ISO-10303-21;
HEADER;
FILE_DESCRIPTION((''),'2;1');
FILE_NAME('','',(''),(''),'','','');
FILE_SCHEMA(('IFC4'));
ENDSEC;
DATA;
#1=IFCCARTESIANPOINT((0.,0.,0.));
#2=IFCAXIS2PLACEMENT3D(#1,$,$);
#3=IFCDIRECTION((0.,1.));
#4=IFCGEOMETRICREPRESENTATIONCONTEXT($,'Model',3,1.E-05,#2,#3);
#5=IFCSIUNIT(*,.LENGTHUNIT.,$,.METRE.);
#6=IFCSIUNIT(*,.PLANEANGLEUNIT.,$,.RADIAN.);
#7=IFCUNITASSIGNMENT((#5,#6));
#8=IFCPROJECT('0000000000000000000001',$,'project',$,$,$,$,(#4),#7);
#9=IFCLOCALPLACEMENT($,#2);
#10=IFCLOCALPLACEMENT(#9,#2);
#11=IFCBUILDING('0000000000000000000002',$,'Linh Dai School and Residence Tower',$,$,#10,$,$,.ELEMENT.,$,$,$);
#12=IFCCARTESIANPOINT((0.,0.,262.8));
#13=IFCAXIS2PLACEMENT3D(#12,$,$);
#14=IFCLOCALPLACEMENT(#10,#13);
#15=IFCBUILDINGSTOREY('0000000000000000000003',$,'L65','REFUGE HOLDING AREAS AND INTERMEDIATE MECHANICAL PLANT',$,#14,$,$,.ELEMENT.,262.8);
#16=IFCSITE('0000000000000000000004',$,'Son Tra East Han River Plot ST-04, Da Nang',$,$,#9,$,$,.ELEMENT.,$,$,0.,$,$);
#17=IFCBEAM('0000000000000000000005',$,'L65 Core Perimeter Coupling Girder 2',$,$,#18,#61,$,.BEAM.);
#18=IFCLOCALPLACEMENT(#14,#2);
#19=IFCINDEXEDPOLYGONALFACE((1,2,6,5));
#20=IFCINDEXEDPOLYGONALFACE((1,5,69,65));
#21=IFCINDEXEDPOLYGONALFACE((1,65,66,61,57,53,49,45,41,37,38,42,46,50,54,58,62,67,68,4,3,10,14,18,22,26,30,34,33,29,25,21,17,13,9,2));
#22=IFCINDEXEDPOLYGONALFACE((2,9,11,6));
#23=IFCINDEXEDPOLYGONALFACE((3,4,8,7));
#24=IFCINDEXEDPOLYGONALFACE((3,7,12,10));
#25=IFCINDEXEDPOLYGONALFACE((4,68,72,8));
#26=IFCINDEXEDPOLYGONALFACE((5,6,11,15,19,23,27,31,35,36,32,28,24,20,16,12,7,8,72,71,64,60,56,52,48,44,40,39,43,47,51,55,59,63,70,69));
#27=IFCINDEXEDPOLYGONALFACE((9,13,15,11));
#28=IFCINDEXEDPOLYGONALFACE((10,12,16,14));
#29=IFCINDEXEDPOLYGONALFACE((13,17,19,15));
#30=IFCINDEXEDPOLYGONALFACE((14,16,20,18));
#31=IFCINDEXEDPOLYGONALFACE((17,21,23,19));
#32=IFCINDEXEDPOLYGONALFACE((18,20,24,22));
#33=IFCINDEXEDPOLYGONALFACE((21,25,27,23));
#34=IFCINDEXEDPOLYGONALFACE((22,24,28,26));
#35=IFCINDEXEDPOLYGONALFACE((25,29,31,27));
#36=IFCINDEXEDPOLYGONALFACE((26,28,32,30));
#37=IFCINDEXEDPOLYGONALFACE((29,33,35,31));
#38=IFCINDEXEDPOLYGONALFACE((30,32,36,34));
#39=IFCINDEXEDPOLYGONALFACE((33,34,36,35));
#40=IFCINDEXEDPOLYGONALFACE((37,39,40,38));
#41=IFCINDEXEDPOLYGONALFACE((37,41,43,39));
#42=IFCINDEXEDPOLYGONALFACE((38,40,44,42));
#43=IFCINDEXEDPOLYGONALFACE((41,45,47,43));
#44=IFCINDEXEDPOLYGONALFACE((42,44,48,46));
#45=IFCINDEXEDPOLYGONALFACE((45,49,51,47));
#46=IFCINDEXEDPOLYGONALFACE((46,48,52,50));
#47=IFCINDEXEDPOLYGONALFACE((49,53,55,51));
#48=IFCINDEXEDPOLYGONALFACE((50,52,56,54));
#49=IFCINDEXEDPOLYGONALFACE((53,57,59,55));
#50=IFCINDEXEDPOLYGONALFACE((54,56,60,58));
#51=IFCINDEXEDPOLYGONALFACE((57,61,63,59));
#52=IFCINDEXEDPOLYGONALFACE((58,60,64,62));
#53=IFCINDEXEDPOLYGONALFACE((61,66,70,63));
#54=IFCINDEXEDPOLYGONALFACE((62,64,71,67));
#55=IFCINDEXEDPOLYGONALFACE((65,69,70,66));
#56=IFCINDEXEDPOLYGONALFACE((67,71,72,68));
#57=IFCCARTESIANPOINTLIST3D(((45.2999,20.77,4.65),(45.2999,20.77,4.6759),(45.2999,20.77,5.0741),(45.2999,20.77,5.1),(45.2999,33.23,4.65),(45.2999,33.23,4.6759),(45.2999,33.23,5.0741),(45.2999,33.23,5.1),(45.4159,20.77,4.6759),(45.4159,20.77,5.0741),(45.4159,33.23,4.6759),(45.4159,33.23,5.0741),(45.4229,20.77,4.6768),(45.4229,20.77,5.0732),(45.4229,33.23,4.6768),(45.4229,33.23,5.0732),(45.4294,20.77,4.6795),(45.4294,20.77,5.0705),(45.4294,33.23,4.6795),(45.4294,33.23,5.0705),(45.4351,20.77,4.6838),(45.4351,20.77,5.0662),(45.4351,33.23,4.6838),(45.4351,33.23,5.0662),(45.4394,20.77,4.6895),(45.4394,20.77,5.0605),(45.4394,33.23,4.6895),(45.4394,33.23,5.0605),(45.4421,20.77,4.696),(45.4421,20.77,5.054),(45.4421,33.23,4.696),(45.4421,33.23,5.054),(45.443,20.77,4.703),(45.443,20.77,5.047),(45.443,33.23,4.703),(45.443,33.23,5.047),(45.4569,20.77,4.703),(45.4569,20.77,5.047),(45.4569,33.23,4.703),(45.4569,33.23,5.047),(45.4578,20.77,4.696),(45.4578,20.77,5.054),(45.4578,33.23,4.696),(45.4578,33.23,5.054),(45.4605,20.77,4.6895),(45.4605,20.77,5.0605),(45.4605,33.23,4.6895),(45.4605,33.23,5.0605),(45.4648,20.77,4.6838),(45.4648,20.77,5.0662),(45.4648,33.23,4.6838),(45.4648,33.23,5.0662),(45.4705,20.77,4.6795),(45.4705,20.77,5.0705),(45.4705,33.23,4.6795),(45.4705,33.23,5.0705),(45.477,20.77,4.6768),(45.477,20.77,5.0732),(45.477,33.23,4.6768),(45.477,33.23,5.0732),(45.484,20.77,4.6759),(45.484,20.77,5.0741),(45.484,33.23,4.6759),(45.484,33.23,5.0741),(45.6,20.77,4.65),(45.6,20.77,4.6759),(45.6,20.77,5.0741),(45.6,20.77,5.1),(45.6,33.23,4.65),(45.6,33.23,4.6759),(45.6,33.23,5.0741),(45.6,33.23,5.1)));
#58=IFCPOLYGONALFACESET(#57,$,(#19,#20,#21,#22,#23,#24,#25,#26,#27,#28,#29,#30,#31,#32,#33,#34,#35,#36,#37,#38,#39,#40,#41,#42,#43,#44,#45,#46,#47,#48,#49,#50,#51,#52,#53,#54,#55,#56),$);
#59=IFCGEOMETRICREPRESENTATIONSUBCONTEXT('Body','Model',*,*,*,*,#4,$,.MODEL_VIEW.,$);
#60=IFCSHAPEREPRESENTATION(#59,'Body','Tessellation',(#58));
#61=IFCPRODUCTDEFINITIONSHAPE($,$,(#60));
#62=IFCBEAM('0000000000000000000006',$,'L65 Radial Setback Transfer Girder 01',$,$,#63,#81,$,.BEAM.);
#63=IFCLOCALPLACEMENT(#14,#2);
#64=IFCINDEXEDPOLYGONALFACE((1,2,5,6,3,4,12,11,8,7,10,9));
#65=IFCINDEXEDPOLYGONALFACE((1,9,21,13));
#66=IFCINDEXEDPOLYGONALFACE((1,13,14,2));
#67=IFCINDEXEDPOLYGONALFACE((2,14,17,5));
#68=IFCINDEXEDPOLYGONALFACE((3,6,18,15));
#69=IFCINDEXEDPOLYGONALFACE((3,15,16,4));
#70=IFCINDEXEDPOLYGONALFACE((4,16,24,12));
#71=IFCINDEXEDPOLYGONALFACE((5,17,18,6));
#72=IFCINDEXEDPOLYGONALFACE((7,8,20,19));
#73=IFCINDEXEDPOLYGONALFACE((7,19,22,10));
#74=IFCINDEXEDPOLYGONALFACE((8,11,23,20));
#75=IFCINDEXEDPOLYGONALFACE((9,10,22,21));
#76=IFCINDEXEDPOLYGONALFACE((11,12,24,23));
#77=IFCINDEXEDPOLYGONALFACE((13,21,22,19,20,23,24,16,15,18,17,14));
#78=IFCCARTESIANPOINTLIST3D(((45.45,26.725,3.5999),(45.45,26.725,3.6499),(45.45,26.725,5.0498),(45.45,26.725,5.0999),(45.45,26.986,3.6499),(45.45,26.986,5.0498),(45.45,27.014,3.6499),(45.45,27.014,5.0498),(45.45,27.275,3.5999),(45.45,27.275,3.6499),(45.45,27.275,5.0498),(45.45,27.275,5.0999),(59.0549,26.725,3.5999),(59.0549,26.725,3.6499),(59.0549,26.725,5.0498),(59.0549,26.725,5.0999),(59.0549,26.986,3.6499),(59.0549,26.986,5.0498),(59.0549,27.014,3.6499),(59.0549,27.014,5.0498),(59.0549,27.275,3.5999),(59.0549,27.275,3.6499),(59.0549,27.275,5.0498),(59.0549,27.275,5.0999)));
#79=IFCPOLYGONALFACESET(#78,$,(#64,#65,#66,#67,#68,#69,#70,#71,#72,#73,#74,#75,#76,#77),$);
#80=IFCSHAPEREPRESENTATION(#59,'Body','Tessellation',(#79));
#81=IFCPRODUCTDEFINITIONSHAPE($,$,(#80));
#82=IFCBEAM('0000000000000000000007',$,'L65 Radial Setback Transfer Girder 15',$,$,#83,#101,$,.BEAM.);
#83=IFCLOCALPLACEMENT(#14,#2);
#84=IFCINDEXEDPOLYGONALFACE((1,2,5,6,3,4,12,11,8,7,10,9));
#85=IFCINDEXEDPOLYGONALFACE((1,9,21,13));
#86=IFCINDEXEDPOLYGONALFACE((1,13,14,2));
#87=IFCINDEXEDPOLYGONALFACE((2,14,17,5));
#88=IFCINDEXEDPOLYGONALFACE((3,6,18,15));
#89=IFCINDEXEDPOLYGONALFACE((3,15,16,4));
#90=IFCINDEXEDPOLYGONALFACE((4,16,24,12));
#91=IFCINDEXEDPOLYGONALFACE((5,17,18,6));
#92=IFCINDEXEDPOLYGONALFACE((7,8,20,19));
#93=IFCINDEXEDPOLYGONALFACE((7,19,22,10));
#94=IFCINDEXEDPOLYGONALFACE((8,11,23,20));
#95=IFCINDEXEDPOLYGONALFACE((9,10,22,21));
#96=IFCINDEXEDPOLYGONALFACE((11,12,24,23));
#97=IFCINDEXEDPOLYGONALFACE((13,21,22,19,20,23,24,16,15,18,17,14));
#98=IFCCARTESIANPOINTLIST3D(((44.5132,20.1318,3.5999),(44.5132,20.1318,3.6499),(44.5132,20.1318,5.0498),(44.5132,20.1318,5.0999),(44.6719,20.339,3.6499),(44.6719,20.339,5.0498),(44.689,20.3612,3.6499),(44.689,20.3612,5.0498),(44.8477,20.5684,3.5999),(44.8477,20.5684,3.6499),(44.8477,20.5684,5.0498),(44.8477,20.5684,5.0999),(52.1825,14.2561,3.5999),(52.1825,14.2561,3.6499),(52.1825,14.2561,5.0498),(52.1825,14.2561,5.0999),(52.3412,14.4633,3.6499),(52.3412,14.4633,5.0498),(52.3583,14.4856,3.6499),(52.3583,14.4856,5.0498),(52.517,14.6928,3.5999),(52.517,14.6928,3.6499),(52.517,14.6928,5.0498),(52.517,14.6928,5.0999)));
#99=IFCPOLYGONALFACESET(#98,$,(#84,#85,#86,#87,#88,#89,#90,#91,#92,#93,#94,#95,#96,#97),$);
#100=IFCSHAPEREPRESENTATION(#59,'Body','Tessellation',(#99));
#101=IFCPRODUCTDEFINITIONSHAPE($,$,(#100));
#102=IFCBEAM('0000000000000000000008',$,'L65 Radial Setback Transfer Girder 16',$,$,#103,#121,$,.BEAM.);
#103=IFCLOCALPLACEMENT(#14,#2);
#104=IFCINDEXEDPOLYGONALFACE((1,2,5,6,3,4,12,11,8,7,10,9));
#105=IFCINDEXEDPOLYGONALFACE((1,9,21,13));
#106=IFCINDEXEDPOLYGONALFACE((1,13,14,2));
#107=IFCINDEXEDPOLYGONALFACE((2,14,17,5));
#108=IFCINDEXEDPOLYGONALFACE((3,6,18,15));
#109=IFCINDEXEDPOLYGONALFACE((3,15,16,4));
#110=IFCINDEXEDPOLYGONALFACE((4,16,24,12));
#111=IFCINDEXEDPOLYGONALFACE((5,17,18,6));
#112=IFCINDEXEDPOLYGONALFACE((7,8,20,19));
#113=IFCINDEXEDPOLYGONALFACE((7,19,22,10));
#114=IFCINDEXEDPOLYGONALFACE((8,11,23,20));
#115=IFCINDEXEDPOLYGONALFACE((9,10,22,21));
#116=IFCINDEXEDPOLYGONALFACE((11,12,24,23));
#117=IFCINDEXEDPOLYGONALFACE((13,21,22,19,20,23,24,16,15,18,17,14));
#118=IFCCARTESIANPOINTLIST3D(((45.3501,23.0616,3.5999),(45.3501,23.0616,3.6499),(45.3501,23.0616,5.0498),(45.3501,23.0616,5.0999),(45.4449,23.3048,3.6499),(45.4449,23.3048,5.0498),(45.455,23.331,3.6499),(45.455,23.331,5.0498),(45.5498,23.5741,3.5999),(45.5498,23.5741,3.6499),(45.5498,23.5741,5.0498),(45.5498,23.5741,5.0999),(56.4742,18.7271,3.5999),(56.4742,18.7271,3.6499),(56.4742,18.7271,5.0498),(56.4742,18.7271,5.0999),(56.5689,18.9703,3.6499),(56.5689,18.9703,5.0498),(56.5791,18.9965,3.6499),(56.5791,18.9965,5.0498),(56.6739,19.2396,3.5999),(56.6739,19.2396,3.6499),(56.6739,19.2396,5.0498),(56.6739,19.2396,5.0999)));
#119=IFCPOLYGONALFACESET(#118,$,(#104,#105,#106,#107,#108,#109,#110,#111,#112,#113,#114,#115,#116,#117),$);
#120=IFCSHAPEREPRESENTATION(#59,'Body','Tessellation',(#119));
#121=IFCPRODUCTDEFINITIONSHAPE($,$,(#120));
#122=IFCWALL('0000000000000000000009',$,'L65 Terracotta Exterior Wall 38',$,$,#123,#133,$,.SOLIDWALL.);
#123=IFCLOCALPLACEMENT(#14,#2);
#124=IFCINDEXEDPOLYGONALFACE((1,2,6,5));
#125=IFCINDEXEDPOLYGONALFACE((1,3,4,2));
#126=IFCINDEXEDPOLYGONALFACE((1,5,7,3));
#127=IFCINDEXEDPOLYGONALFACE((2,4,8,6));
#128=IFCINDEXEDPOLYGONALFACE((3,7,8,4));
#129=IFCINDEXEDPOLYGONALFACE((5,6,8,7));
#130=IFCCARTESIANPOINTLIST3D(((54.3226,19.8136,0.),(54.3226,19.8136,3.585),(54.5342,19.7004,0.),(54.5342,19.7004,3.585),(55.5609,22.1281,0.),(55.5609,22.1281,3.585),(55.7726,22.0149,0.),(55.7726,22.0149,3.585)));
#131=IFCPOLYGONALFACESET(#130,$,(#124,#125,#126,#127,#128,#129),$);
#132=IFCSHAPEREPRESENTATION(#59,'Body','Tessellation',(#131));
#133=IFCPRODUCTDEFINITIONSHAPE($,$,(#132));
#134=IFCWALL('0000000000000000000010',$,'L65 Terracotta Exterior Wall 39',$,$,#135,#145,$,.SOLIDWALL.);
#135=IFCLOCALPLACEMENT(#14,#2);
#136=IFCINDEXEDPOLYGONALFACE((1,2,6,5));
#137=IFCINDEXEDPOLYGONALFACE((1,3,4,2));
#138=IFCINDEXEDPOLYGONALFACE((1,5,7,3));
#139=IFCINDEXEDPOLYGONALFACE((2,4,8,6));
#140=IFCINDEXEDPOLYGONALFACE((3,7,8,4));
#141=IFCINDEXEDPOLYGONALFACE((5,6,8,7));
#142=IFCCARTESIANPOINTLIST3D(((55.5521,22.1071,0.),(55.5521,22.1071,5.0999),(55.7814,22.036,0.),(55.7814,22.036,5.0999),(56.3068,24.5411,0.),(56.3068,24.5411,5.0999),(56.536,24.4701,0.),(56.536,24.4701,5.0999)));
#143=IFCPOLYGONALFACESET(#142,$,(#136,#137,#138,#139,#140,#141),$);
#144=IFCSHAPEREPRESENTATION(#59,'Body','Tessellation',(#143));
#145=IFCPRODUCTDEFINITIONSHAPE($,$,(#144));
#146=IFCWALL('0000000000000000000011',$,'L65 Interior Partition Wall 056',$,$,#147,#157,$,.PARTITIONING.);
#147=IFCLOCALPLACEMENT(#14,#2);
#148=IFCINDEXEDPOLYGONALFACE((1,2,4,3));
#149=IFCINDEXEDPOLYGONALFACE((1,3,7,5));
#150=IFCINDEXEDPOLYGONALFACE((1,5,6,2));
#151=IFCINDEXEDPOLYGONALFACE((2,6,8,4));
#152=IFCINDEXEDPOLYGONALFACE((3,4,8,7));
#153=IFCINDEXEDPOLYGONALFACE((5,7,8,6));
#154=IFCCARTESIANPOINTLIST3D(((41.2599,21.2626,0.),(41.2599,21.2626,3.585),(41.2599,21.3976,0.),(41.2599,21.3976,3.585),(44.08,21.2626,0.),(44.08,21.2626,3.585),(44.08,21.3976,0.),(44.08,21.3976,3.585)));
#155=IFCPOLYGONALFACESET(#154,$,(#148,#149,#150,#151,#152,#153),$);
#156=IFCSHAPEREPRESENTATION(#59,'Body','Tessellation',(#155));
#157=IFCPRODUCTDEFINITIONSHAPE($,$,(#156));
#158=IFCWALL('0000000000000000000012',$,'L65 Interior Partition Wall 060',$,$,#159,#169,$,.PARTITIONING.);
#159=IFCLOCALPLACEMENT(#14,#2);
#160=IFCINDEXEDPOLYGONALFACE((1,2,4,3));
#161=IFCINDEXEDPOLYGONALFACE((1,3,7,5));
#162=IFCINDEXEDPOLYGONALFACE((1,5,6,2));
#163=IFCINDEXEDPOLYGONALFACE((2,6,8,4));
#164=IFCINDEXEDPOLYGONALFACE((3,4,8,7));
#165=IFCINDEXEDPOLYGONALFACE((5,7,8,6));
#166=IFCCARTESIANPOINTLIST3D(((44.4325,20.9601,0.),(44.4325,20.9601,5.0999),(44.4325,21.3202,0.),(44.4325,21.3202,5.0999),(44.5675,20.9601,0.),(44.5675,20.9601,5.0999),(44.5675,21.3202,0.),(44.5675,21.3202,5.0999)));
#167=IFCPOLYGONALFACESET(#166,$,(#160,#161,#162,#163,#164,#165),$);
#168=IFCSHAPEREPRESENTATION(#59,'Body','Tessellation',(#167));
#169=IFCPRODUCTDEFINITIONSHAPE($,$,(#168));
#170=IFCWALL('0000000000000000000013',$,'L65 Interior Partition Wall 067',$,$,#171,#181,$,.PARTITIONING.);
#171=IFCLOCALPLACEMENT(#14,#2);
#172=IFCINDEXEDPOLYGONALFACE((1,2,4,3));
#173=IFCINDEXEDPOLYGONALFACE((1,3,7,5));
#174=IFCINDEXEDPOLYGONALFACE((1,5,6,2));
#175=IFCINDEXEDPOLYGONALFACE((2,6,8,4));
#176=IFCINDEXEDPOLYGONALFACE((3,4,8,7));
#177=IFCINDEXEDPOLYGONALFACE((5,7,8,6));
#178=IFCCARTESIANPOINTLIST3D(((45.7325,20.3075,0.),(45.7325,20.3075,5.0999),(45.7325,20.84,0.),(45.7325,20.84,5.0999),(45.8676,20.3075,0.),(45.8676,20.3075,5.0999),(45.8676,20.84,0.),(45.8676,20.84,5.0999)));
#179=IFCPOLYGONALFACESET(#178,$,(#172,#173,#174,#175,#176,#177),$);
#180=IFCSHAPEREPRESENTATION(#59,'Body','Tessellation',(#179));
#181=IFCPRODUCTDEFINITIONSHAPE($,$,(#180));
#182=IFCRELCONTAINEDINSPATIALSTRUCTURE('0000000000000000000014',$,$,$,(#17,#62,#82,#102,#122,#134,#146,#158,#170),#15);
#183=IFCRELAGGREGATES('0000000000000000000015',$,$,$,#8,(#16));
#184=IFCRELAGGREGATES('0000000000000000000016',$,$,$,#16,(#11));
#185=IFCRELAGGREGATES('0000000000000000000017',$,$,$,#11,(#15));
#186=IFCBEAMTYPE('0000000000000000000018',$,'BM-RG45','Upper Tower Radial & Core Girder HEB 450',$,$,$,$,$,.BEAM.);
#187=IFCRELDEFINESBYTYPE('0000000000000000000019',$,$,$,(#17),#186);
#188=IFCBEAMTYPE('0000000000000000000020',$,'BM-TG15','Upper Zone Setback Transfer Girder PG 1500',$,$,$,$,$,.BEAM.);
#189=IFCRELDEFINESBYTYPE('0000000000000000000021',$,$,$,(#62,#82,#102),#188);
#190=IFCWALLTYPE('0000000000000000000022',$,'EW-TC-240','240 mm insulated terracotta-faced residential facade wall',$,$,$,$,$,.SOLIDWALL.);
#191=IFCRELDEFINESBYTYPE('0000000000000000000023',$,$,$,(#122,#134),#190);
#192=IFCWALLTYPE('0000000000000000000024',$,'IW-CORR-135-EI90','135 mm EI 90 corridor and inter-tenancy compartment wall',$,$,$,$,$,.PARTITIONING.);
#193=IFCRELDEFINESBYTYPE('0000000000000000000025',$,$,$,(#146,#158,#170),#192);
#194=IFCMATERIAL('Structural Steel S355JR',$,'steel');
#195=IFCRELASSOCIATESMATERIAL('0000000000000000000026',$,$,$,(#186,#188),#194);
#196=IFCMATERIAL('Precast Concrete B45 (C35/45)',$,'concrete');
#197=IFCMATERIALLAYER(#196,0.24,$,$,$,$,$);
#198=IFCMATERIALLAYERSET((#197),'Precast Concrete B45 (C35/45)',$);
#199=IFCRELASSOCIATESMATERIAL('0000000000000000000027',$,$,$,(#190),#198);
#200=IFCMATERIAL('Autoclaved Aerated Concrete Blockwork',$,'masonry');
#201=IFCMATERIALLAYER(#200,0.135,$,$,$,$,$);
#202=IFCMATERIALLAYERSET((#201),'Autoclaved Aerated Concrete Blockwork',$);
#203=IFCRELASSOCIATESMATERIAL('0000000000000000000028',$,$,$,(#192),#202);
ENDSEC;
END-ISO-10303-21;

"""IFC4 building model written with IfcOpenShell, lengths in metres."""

from ifc_helpers import new_model, si_unit, direction, frame, frame_2d, origin, origin_2d, place, context, subcontext, project, spatial, rectangle, i_section, extrude, material, layer, layer_set, material_profile, profile_set, type_object, element, save


model = new_model("IFC4")

# Units and contexts
model_context = context("Model", 3, precision=1e-05, world=origin(), true_north=direction((0.0, 1.0)))
body_context = subcontext(model_context, "Body", "Model", "MODEL_VIEW")
ifc_project = project(units=[si_unit("LENGTHUNIT", "METRE"), si_unit("PLANEANGLEUNIT", "RADIAN")], contexts=[model_context])

# Site, building, storey
site_placement = place(None, origin())
site = spatial("IfcSite", under=ifc_project, at=site_placement, Name="Son Tra East Han River Plot ST-04, Da Nang", CompositionType="ELEMENT", RefElevation=0.0)
building_placement = place(site_placement, origin())
building = spatial("IfcBuilding", under=site, at=building_placement, Name="Linh Dai School and Residence Tower", CompositionType="ELEMENT")
storey_placement = place(building_placement, frame((0.0, 0.0, 262.8)))
storey = spatial("IfcBuildingStorey", under=building, at=storey_placement, Name="L65", Description="REFUGE HOLDING AREAS AND INTERMEDIATE MECHANICAL PLANT", CompositionType="ELEMENT", Elevation=262.8)

# Shared definitions
ifc_material_1 = material(Name="Structural Steel S355JR", Category="steel")

# Beams
ifc_material_profile_1 = material_profile(ifc_material_1, i_section(OverallWidth=0.3, OverallDepth=0.45, WebThickness=0.0139, FlangeThickness=0.0259, FilletRadius=0.0271, at=origin_2d()), Name="HEB 450")
ifc_profile_set_1 = profile_set([ifc_material_profile_1], Name="Structural Steel S355JR")
beam_type_1 = type_object("IfcBeamType", Name="BM-RG45", Description="Upper Tower Radial & Core Girder HEB 450", PredefinedType="BEAM", material=ifc_profile_set_1)
beam_1_placement = place(storey_placement, frame((45.45, 20.77, 4.875), z_axis=(0.0, 1.0, 0.0), x_axis=(-1.0, 0.0, 0.0)))
element("IfcBeam", 1, at=beam_1_placement, inside=storey, type_object=beam_type_1, Name="L65 Core Perimeter Coupling Girder 2", PredefinedType="BEAM", context=body_context, shape_type="SweptSolid", body=[
    extrude(i_section(OverallWidth=0.3, OverallDepth=0.45, WebThickness=0.0139, FlangeThickness=0.0259, FilletRadius=0.0271, at=origin_2d()), origin(), (0.0, 0.0, 1.0), 12.46),
])
ifc_material_profile_2 = material_profile(ifc_material_1, i_section(OverallWidth=0.55, OverallDepth=1.5, WebThickness=0.0281, FlangeThickness=0.05, at=origin_2d()), Name="PG 1500x550x28x50")
ifc_profile_set_2 = profile_set([ifc_material_profile_2], Name="Structural Steel S355JR")
beam_type_2 = type_object("IfcBeamType", Name="BM-TG15", Description="Upper Zone Setback Transfer Girder PG 1500", PredefinedType="BEAM", material=ifc_profile_set_2)
beam_2_placement = place(storey_placement, frame((45.45, 27.0, 4.3499), z_axis=(1.0, 0.0, 0.0), x_axis=(0.0, 1.0, 0.0)))
element("IfcBeam", 2, at=beam_2_placement, inside=storey, type_object=beam_type_2, Name="L65 Radial Setback Transfer Girder 01", PredefinedType="BEAM", context=body_context, shape_type="SweptSolid", body=[
    extrude(i_section(OverallWidth=0.55, OverallDepth=1.5, WebThickness=0.0281, FlangeThickness=0.05, at=origin_2d()), origin(), (0.0, 0.0, 1.0), 13.605),
])
beam_3_placement = place(storey_placement, frame((44.6804, 20.3501, 4.3499), z_axis=(0.793815, -0.60816, 0.0), x_axis=(0.60816, 0.793815, 0.0)))
element("IfcBeam", 3, at=beam_3_placement, inside=storey, type_object=beam_type_2, Name="L65 Radial Setback Transfer Girder 15", PredefinedType="BEAM", context=body_context, shape_type="SweptSolid", body=[
    extrude(i_section(OverallWidth=0.55, OverallDepth=1.5, WebThickness=0.0281, FlangeThickness=0.05, at=origin_2d()), origin(), (0.0, 0.0, 1.0), 9.6614),
])
beam_4_placement = place(storey_placement, frame((45.45, 23.3179, 4.3499), z_axis=(0.931765, -0.363062, 0.0), x_axis=(0.363062, 0.931765, 0.0)))
element("IfcBeam", 4, at=beam_4_placement, inside=storey, type_object=beam_type_2, Name="L65 Radial Setback Transfer Girder 16", PredefinedType="BEAM", context=body_context, shape_type="SweptSolid", body=[
    extrude(i_section(OverallWidth=0.55, OverallDepth=1.5, WebThickness=0.0281, FlangeThickness=0.05, at=origin_2d()), origin(), (0.0, 0.0, 1.0), 11.9387),
])

# Walls
ifc_material_2 = material(Name="Precast Concrete B45 (C35/45)", Category="concrete")
ifc_layer_1 = layer(ifc_material_2, 0.24)
ifc_layer_set_1 = layer_set([ifc_layer_1], Name="Precast Concrete B45 (C35/45)")
wall_type_1 = type_object("IfcWallType", Name="EW-TC-240", Description="240 mm insulated terracotta-faced residential facade wall", PredefinedType="SOLIDWALL", material=ifc_layer_set_1)
wall_1_placement = place(storey_placement, frame((55.6667, 22.0715, 0.0), z_axis=(0.0, 0.0, 1.0), x_axis=(-0.471746, -0.881734, 0.0)))
element("IfcWall", 5, at=wall_1_placement, inside=storey, type_object=wall_type_1, Name="L65 Terracotta Exterior Wall 38", PredefinedType="SOLIDWALL", context=body_context, shape_type="SweptSolid", body=[
    extrude(rectangle(XDim=2.625, YDim=0.24, at=frame_2d((1.3125, 0.0))), origin(), (0.0, 0.0, 1.0), 3.585),
])
wall_2_placement = place(storey_placement, frame((56.4214, 24.5056, 0.0), z_axis=(0.0, 0.0, 1.0), x_axis=(-0.296125, -0.955149, 0.0)))
element("IfcWall", 6, at=wall_2_placement, inside=storey, type_object=wall_type_1, Name="L65 Terracotta Exterior Wall 39", PredefinedType="SOLIDWALL", context=body_context, shape_type="SweptSolid", body=[
    extrude(rectangle(XDim=2.5483, YDim=0.24, at=frame_2d((1.2742, 0.0))), origin(), (0.0, 0.0, 1.0), 5.0999),
])
ifc_material_3 = material(Name="Autoclaved Aerated Concrete Blockwork", Category="masonry")
ifc_layer_2 = layer(ifc_material_3, 0.135)
ifc_layer_set_2 = layer_set([ifc_layer_2], Name="Autoclaved Aerated Concrete Blockwork")
wall_type_2 = type_object("IfcWallType", Name="IW-CORR-135-EI90", Description="135 mm EI 90 corridor and inter-tenancy compartment wall", PredefinedType="PARTITIONING", material=ifc_layer_set_2)
wall_3_placement = place(storey_placement, frame((44.0801, 21.3301, 0.0), z_axis=(0.0, 0.0, 1.0), x_axis=(-1.0, 0.0, 0.0)))
element("IfcWall", 7, at=wall_3_placement, inside=storey, type_object=wall_type_2, Name="L65 Interior Partition Wall 056", PredefinedType="PARTITIONING", context=body_context, shape_type="SweptSolid", body=[
    extrude(rectangle(XDim=2.8201, YDim=0.135, at=frame_2d((1.4102, 0.0))), origin(), (0.0, 0.0, 1.0), 3.585),
])
wall_4_placement = place(storey_placement, frame((44.5, 20.96, 0.0), z_axis=(0.0, 0.0, 1.0), x_axis=(0.0, 1.0, 0.0)))
element("IfcWall", 8, at=wall_4_placement, inside=storey, type_object=wall_type_2, Name="L65 Interior Partition Wall 060", PredefinedType="PARTITIONING", context=body_context, shape_type="SweptSolid", body=[
    extrude(rectangle(XDim=0.3601, YDim=0.135, at=frame_2d((0.1802, 0.0))), origin(), (0.0, 0.0, 1.0), 5.0999),
])
wall_5_placement = place(storey_placement, frame((45.8, 20.3076, 0.0), z_axis=(0.0, 0.0, 1.0), x_axis=(0.0, 1.0, 0.0)))
element("IfcWall", 9, at=wall_5_placement, inside=storey, type_object=wall_type_2, Name="L65 Interior Partition Wall 067", PredefinedType="PARTITIONING", context=body_context, shape_type="SweptSolid", body=[
    extrude(rectangle(XDim=0.5325, YDim=0.135, at=frame_2d((0.2661, 0.0))), origin(), (0.0, 0.0, 1.0), 5.0999),
])

save(model, "model.ifc")
